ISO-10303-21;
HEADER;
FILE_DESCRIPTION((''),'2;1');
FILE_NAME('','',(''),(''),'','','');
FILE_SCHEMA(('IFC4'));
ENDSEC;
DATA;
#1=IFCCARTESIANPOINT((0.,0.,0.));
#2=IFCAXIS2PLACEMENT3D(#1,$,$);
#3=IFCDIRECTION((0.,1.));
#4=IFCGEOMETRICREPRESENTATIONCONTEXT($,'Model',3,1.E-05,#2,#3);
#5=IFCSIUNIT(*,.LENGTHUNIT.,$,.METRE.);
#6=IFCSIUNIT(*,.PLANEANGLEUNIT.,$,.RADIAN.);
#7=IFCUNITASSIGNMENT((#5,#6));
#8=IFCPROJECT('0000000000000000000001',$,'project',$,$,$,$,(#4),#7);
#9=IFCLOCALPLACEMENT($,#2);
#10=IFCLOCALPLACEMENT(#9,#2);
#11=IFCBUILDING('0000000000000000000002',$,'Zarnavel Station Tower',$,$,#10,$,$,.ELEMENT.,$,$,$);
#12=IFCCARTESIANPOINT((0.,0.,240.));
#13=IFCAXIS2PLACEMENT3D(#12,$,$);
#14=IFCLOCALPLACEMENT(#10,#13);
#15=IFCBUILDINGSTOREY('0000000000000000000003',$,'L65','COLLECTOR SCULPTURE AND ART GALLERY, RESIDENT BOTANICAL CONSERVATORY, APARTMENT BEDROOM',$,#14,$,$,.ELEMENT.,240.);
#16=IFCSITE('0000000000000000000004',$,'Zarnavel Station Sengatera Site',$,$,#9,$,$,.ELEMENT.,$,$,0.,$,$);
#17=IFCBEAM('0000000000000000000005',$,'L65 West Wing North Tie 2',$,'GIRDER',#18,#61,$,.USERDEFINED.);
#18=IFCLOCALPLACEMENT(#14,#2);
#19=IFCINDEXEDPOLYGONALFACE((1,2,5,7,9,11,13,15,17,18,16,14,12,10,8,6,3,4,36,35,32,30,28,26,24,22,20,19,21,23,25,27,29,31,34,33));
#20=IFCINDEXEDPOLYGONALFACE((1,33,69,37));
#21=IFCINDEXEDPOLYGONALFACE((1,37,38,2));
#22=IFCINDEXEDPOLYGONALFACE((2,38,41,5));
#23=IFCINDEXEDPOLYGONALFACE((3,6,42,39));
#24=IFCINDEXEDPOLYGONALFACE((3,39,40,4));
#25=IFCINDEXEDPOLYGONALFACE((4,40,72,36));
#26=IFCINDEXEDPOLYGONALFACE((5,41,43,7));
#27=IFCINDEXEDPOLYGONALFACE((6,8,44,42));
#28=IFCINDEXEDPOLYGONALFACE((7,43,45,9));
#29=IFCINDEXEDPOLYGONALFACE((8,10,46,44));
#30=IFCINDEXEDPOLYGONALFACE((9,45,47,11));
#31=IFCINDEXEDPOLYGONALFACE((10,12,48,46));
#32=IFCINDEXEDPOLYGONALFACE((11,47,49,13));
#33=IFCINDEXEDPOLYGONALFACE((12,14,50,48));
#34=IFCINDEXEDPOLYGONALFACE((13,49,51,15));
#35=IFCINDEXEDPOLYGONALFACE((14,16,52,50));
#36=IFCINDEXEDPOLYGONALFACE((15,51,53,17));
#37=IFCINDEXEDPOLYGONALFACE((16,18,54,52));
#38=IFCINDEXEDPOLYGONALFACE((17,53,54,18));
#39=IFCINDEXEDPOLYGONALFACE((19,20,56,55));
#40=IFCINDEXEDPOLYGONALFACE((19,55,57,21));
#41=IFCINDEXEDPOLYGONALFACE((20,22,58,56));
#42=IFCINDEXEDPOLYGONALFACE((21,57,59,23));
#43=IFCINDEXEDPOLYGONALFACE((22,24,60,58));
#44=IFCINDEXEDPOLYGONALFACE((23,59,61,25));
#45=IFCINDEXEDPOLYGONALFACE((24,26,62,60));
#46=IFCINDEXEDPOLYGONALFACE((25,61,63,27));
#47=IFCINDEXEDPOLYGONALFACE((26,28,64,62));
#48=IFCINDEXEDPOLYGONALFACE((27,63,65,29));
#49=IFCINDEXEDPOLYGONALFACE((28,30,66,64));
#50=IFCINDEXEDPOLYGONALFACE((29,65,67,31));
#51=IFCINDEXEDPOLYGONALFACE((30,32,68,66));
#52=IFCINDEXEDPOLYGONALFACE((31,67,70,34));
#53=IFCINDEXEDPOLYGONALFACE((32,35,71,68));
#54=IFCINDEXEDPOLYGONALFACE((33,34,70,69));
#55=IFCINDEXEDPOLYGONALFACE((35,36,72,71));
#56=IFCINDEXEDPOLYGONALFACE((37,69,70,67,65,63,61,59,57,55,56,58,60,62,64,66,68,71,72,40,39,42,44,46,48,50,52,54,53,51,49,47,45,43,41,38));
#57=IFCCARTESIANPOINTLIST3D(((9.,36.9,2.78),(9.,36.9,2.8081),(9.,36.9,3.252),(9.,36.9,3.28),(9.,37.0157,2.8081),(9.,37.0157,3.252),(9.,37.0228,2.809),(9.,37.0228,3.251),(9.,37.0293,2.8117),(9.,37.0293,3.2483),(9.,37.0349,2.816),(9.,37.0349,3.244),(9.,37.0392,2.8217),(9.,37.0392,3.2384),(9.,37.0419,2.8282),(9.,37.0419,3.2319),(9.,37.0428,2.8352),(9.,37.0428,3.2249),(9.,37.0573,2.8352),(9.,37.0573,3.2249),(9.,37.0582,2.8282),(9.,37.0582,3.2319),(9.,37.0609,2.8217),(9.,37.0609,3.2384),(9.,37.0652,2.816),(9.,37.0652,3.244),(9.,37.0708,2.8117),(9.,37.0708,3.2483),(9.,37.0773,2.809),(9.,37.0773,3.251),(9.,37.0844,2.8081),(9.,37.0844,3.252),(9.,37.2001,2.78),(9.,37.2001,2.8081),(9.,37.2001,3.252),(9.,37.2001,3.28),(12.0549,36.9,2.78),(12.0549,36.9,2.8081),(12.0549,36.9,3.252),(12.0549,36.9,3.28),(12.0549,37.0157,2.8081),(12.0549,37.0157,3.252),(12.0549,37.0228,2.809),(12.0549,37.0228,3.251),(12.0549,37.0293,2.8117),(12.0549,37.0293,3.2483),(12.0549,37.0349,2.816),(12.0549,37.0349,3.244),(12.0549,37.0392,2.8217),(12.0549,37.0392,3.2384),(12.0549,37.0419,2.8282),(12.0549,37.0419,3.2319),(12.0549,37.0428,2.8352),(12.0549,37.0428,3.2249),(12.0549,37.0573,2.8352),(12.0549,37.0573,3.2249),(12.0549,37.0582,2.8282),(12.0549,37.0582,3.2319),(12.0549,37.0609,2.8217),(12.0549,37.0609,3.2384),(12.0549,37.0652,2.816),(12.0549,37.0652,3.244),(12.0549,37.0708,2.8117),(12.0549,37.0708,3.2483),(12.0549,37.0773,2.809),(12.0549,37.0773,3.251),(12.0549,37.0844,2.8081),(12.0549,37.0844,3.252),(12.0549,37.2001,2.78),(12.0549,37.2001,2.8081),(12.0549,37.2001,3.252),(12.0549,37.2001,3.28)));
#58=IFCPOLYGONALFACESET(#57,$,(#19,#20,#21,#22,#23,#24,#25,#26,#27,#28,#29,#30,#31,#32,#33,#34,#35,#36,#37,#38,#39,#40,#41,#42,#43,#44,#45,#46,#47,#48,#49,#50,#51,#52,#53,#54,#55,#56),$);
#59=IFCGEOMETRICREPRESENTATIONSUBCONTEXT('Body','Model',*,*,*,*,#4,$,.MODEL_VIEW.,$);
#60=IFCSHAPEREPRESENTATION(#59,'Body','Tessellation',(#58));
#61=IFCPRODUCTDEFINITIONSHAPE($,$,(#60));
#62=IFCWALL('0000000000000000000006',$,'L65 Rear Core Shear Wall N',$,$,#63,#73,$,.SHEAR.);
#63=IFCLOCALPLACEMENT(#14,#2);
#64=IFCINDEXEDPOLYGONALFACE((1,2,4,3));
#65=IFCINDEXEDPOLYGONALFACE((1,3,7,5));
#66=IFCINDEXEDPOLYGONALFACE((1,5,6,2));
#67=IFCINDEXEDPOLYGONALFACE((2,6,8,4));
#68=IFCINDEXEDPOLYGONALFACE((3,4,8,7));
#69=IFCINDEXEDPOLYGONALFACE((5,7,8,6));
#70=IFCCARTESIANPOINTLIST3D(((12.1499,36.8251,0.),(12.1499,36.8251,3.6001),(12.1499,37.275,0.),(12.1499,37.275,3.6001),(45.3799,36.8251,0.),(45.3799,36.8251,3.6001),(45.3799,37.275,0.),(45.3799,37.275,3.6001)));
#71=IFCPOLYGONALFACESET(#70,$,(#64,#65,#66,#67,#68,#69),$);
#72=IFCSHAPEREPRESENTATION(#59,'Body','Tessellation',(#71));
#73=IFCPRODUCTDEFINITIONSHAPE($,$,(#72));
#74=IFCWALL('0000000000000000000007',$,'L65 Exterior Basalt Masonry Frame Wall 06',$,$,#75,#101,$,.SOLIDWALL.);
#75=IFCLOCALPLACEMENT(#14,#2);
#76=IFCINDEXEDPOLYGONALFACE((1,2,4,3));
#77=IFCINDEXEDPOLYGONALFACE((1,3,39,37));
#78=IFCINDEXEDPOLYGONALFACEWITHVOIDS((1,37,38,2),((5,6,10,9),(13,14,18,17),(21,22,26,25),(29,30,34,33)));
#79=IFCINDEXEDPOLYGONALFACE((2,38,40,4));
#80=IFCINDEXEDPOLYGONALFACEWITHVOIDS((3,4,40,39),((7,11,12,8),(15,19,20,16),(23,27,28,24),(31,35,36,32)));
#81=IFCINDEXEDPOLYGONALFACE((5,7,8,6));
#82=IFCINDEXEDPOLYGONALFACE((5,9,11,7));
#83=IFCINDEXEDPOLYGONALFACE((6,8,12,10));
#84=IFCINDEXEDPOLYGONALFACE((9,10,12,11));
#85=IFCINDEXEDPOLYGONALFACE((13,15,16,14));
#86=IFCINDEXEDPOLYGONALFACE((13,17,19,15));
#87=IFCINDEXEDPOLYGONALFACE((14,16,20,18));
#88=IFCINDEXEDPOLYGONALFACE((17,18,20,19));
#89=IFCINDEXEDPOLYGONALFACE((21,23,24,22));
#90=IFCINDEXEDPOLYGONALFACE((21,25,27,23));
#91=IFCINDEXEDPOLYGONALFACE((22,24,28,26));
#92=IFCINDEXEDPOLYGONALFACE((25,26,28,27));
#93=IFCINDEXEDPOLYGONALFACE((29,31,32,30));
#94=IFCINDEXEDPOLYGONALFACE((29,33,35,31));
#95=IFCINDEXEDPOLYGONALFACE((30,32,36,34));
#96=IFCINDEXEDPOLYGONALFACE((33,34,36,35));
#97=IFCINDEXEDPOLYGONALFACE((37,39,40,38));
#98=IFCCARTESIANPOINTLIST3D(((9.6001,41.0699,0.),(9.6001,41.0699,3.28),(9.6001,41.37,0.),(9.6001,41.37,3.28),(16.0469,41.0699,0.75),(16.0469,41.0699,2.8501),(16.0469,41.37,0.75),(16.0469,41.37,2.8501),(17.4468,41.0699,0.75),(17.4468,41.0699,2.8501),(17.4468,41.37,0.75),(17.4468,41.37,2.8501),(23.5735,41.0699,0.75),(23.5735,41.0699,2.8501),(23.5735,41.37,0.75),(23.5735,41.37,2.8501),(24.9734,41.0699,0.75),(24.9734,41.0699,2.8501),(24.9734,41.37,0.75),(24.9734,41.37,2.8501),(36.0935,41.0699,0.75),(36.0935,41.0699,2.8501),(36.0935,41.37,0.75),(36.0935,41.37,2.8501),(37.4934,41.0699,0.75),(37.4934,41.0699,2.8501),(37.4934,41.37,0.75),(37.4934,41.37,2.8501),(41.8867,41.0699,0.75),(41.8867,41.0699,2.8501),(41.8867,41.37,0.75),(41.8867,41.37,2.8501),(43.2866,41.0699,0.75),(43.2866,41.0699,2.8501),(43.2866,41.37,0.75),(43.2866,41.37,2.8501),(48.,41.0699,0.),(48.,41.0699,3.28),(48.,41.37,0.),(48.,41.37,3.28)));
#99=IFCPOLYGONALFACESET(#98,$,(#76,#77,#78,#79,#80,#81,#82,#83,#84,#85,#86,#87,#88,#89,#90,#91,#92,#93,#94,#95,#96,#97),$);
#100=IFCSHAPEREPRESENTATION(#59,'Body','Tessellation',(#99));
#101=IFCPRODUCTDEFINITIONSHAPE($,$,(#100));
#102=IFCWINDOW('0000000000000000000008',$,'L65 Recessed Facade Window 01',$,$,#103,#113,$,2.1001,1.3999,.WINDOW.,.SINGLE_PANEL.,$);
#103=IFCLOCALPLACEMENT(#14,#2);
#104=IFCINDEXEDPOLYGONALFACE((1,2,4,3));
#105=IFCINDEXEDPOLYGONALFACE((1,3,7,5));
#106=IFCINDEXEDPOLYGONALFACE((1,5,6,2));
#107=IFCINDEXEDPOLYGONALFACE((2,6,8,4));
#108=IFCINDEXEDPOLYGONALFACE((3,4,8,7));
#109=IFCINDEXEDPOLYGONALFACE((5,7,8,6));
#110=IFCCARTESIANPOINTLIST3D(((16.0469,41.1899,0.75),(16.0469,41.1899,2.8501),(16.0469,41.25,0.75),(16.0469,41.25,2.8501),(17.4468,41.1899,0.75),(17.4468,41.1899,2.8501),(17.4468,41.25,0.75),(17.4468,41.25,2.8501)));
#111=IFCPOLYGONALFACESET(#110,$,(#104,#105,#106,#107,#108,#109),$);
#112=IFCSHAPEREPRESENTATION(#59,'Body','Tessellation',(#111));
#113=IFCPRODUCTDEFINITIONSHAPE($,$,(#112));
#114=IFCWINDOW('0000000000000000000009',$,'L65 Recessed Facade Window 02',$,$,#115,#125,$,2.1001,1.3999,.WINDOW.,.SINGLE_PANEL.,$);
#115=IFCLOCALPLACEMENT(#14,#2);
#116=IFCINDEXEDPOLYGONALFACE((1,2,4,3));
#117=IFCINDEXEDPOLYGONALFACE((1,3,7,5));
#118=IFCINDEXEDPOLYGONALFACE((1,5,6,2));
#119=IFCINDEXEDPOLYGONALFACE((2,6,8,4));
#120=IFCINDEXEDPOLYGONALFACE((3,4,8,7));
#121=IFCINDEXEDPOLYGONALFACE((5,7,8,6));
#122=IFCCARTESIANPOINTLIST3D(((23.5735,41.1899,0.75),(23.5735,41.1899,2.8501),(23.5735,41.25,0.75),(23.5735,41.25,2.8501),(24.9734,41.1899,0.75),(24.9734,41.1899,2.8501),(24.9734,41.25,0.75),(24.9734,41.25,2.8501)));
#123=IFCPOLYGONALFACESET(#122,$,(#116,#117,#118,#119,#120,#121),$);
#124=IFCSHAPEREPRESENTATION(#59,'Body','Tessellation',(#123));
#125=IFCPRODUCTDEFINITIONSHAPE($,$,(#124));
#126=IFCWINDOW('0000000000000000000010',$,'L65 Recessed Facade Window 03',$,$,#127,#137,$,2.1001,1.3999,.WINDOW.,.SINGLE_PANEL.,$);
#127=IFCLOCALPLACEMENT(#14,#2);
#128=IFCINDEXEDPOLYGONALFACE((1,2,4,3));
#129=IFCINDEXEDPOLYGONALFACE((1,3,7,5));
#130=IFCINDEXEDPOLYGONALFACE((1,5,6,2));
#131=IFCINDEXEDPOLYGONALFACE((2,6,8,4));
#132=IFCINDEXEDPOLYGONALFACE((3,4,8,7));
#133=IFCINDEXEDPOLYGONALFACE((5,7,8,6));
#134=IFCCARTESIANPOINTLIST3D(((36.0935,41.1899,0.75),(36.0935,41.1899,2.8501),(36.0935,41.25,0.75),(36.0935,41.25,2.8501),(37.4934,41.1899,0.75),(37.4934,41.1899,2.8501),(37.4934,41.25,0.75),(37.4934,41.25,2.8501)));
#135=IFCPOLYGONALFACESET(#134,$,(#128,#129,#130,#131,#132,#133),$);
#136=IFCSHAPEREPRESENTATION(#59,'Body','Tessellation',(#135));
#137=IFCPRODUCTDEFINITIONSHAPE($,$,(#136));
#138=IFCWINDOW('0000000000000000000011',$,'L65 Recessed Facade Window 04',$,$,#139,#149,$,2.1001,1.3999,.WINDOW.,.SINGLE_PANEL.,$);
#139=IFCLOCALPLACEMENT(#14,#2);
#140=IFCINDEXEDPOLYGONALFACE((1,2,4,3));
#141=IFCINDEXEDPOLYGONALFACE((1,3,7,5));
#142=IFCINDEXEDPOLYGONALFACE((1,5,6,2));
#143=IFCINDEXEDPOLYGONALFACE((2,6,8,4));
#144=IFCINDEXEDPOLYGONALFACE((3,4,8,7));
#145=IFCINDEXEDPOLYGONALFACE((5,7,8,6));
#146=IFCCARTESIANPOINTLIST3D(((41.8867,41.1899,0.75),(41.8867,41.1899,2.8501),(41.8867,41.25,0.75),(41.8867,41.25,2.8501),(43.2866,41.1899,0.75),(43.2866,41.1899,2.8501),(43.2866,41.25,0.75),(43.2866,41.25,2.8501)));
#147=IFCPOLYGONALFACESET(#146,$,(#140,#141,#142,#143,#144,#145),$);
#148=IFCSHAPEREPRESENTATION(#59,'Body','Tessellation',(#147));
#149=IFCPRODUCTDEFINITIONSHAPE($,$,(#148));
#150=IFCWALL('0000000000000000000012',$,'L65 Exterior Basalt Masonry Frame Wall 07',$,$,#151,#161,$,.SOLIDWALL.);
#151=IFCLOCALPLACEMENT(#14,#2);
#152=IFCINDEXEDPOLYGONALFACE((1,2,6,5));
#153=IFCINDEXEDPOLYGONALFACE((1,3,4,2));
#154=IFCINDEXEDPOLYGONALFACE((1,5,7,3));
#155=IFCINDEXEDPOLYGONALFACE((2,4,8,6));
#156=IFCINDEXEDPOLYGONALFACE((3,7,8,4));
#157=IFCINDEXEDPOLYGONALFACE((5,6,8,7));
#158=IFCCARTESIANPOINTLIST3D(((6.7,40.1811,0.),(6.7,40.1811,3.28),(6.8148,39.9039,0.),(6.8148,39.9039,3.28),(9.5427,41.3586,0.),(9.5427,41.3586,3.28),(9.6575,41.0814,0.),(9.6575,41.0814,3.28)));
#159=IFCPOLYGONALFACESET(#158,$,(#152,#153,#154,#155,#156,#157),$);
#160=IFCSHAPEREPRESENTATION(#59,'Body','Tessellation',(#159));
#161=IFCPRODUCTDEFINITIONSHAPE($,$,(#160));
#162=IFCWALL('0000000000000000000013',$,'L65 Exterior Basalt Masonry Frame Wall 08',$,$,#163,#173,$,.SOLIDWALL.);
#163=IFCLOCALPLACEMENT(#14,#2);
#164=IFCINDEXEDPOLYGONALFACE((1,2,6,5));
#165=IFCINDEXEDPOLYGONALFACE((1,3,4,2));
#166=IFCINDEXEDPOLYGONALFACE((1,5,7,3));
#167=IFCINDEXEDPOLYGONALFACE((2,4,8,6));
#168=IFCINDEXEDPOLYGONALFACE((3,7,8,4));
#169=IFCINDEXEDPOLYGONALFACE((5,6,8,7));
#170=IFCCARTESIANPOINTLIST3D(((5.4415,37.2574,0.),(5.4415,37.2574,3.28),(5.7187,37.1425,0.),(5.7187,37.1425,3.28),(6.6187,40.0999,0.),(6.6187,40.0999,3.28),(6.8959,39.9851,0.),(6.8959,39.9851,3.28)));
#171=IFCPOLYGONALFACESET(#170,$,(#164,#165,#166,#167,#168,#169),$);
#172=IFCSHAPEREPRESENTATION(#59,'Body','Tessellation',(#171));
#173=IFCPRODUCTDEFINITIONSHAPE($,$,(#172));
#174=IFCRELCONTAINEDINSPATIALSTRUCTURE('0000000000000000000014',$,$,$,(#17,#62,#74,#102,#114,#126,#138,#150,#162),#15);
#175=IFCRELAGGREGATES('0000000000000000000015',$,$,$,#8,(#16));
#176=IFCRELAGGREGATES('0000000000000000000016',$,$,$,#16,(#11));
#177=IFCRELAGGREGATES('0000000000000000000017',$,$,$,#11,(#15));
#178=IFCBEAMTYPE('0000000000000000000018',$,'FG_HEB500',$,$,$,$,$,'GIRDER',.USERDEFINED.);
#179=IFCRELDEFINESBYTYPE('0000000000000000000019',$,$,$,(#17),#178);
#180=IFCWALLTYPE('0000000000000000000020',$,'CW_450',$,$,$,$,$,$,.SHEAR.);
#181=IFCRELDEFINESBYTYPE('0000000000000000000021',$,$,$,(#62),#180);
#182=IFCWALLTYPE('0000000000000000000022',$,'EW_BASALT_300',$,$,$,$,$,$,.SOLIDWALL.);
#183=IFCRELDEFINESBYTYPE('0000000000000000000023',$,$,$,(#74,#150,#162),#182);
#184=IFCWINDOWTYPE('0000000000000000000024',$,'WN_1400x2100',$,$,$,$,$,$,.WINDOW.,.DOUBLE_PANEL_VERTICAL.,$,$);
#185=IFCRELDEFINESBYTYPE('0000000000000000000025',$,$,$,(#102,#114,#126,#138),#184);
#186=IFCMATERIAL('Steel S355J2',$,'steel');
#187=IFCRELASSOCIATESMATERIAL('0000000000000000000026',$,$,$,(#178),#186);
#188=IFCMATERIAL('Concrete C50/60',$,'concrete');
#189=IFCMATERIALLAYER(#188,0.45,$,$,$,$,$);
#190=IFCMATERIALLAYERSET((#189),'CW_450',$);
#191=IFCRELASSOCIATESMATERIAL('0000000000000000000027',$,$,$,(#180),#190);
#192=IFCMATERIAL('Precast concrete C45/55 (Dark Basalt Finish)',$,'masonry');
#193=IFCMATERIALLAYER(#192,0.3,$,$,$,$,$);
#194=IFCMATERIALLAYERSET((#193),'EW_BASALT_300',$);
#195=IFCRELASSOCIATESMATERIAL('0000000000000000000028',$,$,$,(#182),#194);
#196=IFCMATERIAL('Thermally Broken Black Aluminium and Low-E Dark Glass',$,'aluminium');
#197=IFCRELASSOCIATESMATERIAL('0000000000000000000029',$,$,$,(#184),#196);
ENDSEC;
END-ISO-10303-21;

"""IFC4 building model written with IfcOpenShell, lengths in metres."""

from ifc_helpers import new_model, si_unit, direction, frame, frame_2d, origin, origin_2d, place, context, subcontext, project, spatial, rectangle, i_section, extrude, material, layer, layer_set, material_profile, profile_set, type_object, element, fill, save


model = new_model("IFC4")

# Units and contexts
model_context = context("Model", 3, precision=1e-05, world=origin(), true_north=direction((0.0, 1.0)))
body_context = subcontext(model_context, "Body", "Model", "MODEL_VIEW")
ifc_project = project(units=[si_unit("LENGTHUNIT", "METRE"), si_unit("PLANEANGLEUNIT", "RADIAN")], contexts=[model_context])

# Site, building, storey
site_placement = place(None, origin())
site = spatial("IfcSite", under=ifc_project, at=site_placement, Name="Zarnavel Station Sengatera Site", CompositionType="ELEMENT", RefElevation=0.0)
building_placement = place(site_placement, origin())
building = spatial("IfcBuilding", under=site, at=building_placement, Name="Zarnavel Station Tower", CompositionType="ELEMENT")
storey_placement = place(building_placement, frame((0.0, 0.0, 240.0)))
storey = spatial("IfcBuildingStorey", under=building, at=storey_placement, Name="L65", Description="COLLECTOR SCULPTURE AND ART GALLERY, RESIDENT BOTANICAL CONSERVATORY, APARTMENT BEDROOM", CompositionType="ELEMENT", Elevation=240.0)

# Beam
ifc_material_1 = material(Name="Steel S355J2", Category="steel")
ifc_material_profile_1 = material_profile(ifc_material_1, i_section(OverallWidth=0.3, OverallDepth=0.5, WebThickness=0.0144, FlangeThickness=0.0281, FilletRadius=0.0271, at=origin_2d()), Name="HEB500")
ifc_profile_set_1 = profile_set([ifc_material_profile_1], Name="Steel S355J2")
beam_type = type_object("IfcBeamType", Name="FG_HEB500", ElementType="GIRDER", PredefinedType="USERDEFINED", material=ifc_profile_set_1)
beam_1_placement = place(storey_placement, frame((9.0, 37.05, 3.03), z_axis=(1.0, 0.0, 0.0), x_axis=(0.0, 1.0, 0.0)))
element("IfcBeam", 1, at=beam_1_placement, inside=storey, type_object=beam_type, Name="L65 West Wing North Tie 2", ObjectType="GIRDER", PredefinedType="USERDEFINED", context=body_context, shape_type="SweptSolid", body=[
    extrude(i_section(OverallWidth=0.3, OverallDepth=0.5, WebThickness=0.0144, FlangeThickness=0.0281, FilletRadius=0.0271, at=origin_2d()), origin(), (0.0, 0.0, 1.0), 3.0549),
])

# Wall
ifc_material_2 = material(Name="Concrete C50/60", Category="concrete")
ifc_layer_1 = layer(ifc_material_2, 0.45)
ifc_layer_set_1 = layer_set([ifc_layer_1], Name="CW_450")
wall_type_1 = type_object("IfcWallType", Name="CW_450", PredefinedType="SHEAR", material=ifc_layer_set_1)
wall_1_placement = place(storey_placement, frame((12.1499, 37.05, 0.0), z_axis=(0.0, 0.0, 1.0), x_axis=(1.0, 0.0, 0.0)))
element("IfcWall", 2, at=wall_1_placement, inside=storey, type_object=wall_type_1, Name="L65 Rear Core Shear Wall N", PredefinedType="SHEAR", context=body_context, shape_type="SweptSolid", body=[
    extrude(rectangle(XDim=33.23, YDim=0.45, at=frame_2d((16.615, 0.0))), origin(), (0.0, 0.0, 1.0), 3.6001),
])

# Wall, openings, windows
ifc_material_3 = material(Name="Precast concrete C45/55 (Dark Basalt Finish)", Category="masonry")
ifc_layer_2 = layer(ifc_material_3, 0.3)
ifc_layer_set_2 = layer_set([ifc_layer_2], Name="EW_BASALT_300")
wall_type_2 = type_object("IfcWallType", Name="EW_BASALT_300", PredefinedType="SOLIDWALL", material=ifc_layer_set_2)
wall_2_placement = place(storey_placement, frame((9.6001, 41.22, 0.0), z_axis=(0.0, 0.0, 1.0), x_axis=(1.0, 0.0, 0.0)))
wall_2 = element("IfcWall", 3, at=wall_2_placement, inside=storey, type_object=wall_type_2, Name="L65 Exterior Basalt Masonry Frame Wall 06", PredefinedType="SOLIDWALL", context=body_context, shape_type="SweptSolid", body=[
    extrude(rectangle(XDim=38.3999, YDim=0.3, at=frame_2d((19.2, 0.0))), origin(), (0.0, 0.0, 1.0), 3.28),
])
opening_1_placement = place(wall_2_placement, frame((6.4468, 0.0, 0.75)))
opening_1 = element("IfcOpeningElement", 4, at=opening_1_placement, cuts=wall_2, PredefinedType="OPENING", context=body_context, shape_type="SweptSolid", body=[
    extrude(rectangle(XDim=1.3999, YDim=2.1001, at=frame_2d((0.7, 1.05))), frame((0.0, 0.1599, 0.0), z_axis=(0.0, -1.0, 0.0), x_axis=(1.0, 0.0, 0.0)), (0.0, 0.0, 1.0), 0.3201),
])
opening_2_placement = place(wall_2_placement, frame((13.9734, 0.0, 0.75)))
opening_2 = element("IfcOpeningElement", 5, at=opening_2_placement, cuts=wall_2, PredefinedType="OPENING", context=body_context, shape_type="SweptSolid", body=[
    extrude(rectangle(XDim=1.3999, YDim=2.1001, at=frame_2d((0.7, 1.05))), frame((0.0, 0.1599, 0.0), z_axis=(0.0, -1.0, 0.0), x_axis=(1.0, 0.0, 0.0)), (0.0, 0.0, 1.0), 0.3201),
])
opening_3_placement = place(wall_2_placement, frame((26.4934, 0.0, 0.75)))
opening_3 = element("IfcOpeningElement", 6, at=opening_3_placement, cuts=wall_2, PredefinedType="OPENING", context=body_context, shape_type="SweptSolid", body=[
    extrude(rectangle(XDim=1.3999, YDim=2.1001, at=frame_2d((0.7, 1.05))), frame((0.0, 0.1599, 0.0), z_axis=(0.0, -1.0, 0.0), x_axis=(1.0, 0.0, 0.0)), (0.0, 0.0, 1.0), 0.3201),
])
opening_4_placement = place(wall_2_placement, frame((32.2866, 0.0, 0.75)))
opening_4 = element("IfcOpeningElement", 7, at=opening_4_placement, cuts=wall_2, PredefinedType="OPENING", context=body_context, shape_type="SweptSolid", body=[
    extrude(rectangle(XDim=1.3999, YDim=2.1001, at=frame_2d((0.7, 1.05))), frame((0.0, 0.1599, 0.0), z_axis=(0.0, -1.0, 0.0), x_axis=(1.0, 0.0, 0.0)), (0.0, 0.0, 1.0), 0.3201),
])
ifc_material_4 = material(Name="Thermally Broken Black Aluminium and Low-E Dark Glass", Category="aluminium")
window_type = type_object("IfcWindowType", Name="WN_1400x2100", PartitioningType="DOUBLE_PANEL_VERTICAL", PredefinedType="WINDOW", material=ifc_material_4)
window_1_placement = place(opening_1_placement, origin())
window_1 = element("IfcWindow", 8, at=window_1_placement, inside=storey, type_object=window_type, Name="L65 Recessed Facade Window 01", OverallHeight=2.1001, OverallWidth=1.3999, PartitioningType="SINGLE_PANEL", PredefinedType="WINDOW", context=body_context, shape_type="SweptSolid", body=[
    extrude(rectangle(XDim=1.3999, YDim=2.1001, at=frame_2d((0.7, 1.05))), frame((0.0, 0.03, 0.0), z_axis=(0.0, -1.0, 0.0), x_axis=(1.0, 0.0, 0.0)), (0.0, 0.0, 1.0), 0.0601),
])
fill(opening_1, window_1)
window_2_placement = place(opening_2_placement, origin())
window_2 = element("IfcWindow", 9, at=window_2_placement, inside=storey, type_object=window_type, Name="L65 Recessed Facade Window 02", OverallHeight=2.1001, OverallWidth=1.3999, PartitioningType="SINGLE_PANEL", PredefinedType="WINDOW", context=body_context, shape_type="SweptSolid", body=[
    extrude(rectangle(XDim=1.3999, YDim=2.1001, at=frame_2d((0.7, 1.05))), frame((0.0, 0.03, 0.0), z_axis=(0.0, -1.0, 0.0), x_axis=(1.0, 0.0, 0.0)), (0.0, 0.0, 1.0), 0.0601),
])
fill(opening_2, window_2)
window_3_placement = place(opening_3_placement, origin())
window_3 = element("IfcWindow", 10, at=window_3_placement, inside=storey, type_object=window_type, Name="L65 Recessed Facade Window 03", OverallHeight=2.1001, OverallWidth=1.3999, PartitioningType="SINGLE_PANEL", PredefinedType="WINDOW", context=body_context, shape_type="SweptSolid", body=[
    extrude(rectangle(XDim=1.3999, YDim=2.1001, at=frame_2d((0.7, 1.05))), frame((0.0, 0.03, 0.0), z_axis=(0.0, -1.0, 0.0), x_axis=(1.0, 0.0, 0.0)), (0.0, 0.0, 1.0), 0.0601),
])
fill(opening_3, window_3)
window_4_placement = place(opening_4_placement, origin())
window_4 = element("IfcWindow", 11, at=window_4_placement, inside=storey, type_object=window_type, Name="L65 Recessed Facade Window 04", OverallHeight=2.1001, OverallWidth=1.3999, PartitioningType="SINGLE_PANEL", PredefinedType="WINDOW", context=body_context, shape_type="SweptSolid", body=[
    extrude(rectangle(XDim=1.3999, YDim=2.1001, at=frame_2d((0.7, 1.05))), frame((0.0, 0.03, 0.0), z_axis=(0.0, -1.0, 0.0), x_axis=(1.0, 0.0, 0.0)), (0.0, 0.0, 1.0), 0.0601),
])
fill(opening_4, window_4)

# Walls
wall_3_placement = place(storey_placement, frame((6.7573, 40.0425, 0.0), z_axis=(0.0, 0.0, 1.0), x_axis=(0.923882, 0.382676, 0.0)))
element("IfcWall", 12, at=wall_3_placement, inside=storey, type_object=wall_type_2, Name="L65 Exterior Basalt Masonry Frame Wall 07", PredefinedType="SOLIDWALL", context=body_context, shape_type="SweptSolid", body=[
    extrude(rectangle(XDim=3.0769, YDim=0.3, at=frame_2d((1.5386, 0.0))), origin(), (0.0, 0.0, 1.0), 3.28),
])
wall_4_placement = place(storey_placement, frame((5.5801, 37.2, 0.0), z_axis=(0.0, 0.0, 1.0), x_axis=(0.382637, 0.923899, 0.0)))
element("IfcWall", 13, at=wall_4_placement, inside=storey, type_object=wall_type_2, Name="L65 Exterior Basalt Masonry Frame Wall 08", PredefinedType="SOLIDWALL", context=body_context, shape_type="SweptSolid", body=[
    extrude(rectangle(XDim=3.0767, YDim=0.3, at=frame_2d((1.5383, 0.0))), origin(), (0.0, 0.0, 1.0), 3.28),
])

save(model, "model.ifc")
